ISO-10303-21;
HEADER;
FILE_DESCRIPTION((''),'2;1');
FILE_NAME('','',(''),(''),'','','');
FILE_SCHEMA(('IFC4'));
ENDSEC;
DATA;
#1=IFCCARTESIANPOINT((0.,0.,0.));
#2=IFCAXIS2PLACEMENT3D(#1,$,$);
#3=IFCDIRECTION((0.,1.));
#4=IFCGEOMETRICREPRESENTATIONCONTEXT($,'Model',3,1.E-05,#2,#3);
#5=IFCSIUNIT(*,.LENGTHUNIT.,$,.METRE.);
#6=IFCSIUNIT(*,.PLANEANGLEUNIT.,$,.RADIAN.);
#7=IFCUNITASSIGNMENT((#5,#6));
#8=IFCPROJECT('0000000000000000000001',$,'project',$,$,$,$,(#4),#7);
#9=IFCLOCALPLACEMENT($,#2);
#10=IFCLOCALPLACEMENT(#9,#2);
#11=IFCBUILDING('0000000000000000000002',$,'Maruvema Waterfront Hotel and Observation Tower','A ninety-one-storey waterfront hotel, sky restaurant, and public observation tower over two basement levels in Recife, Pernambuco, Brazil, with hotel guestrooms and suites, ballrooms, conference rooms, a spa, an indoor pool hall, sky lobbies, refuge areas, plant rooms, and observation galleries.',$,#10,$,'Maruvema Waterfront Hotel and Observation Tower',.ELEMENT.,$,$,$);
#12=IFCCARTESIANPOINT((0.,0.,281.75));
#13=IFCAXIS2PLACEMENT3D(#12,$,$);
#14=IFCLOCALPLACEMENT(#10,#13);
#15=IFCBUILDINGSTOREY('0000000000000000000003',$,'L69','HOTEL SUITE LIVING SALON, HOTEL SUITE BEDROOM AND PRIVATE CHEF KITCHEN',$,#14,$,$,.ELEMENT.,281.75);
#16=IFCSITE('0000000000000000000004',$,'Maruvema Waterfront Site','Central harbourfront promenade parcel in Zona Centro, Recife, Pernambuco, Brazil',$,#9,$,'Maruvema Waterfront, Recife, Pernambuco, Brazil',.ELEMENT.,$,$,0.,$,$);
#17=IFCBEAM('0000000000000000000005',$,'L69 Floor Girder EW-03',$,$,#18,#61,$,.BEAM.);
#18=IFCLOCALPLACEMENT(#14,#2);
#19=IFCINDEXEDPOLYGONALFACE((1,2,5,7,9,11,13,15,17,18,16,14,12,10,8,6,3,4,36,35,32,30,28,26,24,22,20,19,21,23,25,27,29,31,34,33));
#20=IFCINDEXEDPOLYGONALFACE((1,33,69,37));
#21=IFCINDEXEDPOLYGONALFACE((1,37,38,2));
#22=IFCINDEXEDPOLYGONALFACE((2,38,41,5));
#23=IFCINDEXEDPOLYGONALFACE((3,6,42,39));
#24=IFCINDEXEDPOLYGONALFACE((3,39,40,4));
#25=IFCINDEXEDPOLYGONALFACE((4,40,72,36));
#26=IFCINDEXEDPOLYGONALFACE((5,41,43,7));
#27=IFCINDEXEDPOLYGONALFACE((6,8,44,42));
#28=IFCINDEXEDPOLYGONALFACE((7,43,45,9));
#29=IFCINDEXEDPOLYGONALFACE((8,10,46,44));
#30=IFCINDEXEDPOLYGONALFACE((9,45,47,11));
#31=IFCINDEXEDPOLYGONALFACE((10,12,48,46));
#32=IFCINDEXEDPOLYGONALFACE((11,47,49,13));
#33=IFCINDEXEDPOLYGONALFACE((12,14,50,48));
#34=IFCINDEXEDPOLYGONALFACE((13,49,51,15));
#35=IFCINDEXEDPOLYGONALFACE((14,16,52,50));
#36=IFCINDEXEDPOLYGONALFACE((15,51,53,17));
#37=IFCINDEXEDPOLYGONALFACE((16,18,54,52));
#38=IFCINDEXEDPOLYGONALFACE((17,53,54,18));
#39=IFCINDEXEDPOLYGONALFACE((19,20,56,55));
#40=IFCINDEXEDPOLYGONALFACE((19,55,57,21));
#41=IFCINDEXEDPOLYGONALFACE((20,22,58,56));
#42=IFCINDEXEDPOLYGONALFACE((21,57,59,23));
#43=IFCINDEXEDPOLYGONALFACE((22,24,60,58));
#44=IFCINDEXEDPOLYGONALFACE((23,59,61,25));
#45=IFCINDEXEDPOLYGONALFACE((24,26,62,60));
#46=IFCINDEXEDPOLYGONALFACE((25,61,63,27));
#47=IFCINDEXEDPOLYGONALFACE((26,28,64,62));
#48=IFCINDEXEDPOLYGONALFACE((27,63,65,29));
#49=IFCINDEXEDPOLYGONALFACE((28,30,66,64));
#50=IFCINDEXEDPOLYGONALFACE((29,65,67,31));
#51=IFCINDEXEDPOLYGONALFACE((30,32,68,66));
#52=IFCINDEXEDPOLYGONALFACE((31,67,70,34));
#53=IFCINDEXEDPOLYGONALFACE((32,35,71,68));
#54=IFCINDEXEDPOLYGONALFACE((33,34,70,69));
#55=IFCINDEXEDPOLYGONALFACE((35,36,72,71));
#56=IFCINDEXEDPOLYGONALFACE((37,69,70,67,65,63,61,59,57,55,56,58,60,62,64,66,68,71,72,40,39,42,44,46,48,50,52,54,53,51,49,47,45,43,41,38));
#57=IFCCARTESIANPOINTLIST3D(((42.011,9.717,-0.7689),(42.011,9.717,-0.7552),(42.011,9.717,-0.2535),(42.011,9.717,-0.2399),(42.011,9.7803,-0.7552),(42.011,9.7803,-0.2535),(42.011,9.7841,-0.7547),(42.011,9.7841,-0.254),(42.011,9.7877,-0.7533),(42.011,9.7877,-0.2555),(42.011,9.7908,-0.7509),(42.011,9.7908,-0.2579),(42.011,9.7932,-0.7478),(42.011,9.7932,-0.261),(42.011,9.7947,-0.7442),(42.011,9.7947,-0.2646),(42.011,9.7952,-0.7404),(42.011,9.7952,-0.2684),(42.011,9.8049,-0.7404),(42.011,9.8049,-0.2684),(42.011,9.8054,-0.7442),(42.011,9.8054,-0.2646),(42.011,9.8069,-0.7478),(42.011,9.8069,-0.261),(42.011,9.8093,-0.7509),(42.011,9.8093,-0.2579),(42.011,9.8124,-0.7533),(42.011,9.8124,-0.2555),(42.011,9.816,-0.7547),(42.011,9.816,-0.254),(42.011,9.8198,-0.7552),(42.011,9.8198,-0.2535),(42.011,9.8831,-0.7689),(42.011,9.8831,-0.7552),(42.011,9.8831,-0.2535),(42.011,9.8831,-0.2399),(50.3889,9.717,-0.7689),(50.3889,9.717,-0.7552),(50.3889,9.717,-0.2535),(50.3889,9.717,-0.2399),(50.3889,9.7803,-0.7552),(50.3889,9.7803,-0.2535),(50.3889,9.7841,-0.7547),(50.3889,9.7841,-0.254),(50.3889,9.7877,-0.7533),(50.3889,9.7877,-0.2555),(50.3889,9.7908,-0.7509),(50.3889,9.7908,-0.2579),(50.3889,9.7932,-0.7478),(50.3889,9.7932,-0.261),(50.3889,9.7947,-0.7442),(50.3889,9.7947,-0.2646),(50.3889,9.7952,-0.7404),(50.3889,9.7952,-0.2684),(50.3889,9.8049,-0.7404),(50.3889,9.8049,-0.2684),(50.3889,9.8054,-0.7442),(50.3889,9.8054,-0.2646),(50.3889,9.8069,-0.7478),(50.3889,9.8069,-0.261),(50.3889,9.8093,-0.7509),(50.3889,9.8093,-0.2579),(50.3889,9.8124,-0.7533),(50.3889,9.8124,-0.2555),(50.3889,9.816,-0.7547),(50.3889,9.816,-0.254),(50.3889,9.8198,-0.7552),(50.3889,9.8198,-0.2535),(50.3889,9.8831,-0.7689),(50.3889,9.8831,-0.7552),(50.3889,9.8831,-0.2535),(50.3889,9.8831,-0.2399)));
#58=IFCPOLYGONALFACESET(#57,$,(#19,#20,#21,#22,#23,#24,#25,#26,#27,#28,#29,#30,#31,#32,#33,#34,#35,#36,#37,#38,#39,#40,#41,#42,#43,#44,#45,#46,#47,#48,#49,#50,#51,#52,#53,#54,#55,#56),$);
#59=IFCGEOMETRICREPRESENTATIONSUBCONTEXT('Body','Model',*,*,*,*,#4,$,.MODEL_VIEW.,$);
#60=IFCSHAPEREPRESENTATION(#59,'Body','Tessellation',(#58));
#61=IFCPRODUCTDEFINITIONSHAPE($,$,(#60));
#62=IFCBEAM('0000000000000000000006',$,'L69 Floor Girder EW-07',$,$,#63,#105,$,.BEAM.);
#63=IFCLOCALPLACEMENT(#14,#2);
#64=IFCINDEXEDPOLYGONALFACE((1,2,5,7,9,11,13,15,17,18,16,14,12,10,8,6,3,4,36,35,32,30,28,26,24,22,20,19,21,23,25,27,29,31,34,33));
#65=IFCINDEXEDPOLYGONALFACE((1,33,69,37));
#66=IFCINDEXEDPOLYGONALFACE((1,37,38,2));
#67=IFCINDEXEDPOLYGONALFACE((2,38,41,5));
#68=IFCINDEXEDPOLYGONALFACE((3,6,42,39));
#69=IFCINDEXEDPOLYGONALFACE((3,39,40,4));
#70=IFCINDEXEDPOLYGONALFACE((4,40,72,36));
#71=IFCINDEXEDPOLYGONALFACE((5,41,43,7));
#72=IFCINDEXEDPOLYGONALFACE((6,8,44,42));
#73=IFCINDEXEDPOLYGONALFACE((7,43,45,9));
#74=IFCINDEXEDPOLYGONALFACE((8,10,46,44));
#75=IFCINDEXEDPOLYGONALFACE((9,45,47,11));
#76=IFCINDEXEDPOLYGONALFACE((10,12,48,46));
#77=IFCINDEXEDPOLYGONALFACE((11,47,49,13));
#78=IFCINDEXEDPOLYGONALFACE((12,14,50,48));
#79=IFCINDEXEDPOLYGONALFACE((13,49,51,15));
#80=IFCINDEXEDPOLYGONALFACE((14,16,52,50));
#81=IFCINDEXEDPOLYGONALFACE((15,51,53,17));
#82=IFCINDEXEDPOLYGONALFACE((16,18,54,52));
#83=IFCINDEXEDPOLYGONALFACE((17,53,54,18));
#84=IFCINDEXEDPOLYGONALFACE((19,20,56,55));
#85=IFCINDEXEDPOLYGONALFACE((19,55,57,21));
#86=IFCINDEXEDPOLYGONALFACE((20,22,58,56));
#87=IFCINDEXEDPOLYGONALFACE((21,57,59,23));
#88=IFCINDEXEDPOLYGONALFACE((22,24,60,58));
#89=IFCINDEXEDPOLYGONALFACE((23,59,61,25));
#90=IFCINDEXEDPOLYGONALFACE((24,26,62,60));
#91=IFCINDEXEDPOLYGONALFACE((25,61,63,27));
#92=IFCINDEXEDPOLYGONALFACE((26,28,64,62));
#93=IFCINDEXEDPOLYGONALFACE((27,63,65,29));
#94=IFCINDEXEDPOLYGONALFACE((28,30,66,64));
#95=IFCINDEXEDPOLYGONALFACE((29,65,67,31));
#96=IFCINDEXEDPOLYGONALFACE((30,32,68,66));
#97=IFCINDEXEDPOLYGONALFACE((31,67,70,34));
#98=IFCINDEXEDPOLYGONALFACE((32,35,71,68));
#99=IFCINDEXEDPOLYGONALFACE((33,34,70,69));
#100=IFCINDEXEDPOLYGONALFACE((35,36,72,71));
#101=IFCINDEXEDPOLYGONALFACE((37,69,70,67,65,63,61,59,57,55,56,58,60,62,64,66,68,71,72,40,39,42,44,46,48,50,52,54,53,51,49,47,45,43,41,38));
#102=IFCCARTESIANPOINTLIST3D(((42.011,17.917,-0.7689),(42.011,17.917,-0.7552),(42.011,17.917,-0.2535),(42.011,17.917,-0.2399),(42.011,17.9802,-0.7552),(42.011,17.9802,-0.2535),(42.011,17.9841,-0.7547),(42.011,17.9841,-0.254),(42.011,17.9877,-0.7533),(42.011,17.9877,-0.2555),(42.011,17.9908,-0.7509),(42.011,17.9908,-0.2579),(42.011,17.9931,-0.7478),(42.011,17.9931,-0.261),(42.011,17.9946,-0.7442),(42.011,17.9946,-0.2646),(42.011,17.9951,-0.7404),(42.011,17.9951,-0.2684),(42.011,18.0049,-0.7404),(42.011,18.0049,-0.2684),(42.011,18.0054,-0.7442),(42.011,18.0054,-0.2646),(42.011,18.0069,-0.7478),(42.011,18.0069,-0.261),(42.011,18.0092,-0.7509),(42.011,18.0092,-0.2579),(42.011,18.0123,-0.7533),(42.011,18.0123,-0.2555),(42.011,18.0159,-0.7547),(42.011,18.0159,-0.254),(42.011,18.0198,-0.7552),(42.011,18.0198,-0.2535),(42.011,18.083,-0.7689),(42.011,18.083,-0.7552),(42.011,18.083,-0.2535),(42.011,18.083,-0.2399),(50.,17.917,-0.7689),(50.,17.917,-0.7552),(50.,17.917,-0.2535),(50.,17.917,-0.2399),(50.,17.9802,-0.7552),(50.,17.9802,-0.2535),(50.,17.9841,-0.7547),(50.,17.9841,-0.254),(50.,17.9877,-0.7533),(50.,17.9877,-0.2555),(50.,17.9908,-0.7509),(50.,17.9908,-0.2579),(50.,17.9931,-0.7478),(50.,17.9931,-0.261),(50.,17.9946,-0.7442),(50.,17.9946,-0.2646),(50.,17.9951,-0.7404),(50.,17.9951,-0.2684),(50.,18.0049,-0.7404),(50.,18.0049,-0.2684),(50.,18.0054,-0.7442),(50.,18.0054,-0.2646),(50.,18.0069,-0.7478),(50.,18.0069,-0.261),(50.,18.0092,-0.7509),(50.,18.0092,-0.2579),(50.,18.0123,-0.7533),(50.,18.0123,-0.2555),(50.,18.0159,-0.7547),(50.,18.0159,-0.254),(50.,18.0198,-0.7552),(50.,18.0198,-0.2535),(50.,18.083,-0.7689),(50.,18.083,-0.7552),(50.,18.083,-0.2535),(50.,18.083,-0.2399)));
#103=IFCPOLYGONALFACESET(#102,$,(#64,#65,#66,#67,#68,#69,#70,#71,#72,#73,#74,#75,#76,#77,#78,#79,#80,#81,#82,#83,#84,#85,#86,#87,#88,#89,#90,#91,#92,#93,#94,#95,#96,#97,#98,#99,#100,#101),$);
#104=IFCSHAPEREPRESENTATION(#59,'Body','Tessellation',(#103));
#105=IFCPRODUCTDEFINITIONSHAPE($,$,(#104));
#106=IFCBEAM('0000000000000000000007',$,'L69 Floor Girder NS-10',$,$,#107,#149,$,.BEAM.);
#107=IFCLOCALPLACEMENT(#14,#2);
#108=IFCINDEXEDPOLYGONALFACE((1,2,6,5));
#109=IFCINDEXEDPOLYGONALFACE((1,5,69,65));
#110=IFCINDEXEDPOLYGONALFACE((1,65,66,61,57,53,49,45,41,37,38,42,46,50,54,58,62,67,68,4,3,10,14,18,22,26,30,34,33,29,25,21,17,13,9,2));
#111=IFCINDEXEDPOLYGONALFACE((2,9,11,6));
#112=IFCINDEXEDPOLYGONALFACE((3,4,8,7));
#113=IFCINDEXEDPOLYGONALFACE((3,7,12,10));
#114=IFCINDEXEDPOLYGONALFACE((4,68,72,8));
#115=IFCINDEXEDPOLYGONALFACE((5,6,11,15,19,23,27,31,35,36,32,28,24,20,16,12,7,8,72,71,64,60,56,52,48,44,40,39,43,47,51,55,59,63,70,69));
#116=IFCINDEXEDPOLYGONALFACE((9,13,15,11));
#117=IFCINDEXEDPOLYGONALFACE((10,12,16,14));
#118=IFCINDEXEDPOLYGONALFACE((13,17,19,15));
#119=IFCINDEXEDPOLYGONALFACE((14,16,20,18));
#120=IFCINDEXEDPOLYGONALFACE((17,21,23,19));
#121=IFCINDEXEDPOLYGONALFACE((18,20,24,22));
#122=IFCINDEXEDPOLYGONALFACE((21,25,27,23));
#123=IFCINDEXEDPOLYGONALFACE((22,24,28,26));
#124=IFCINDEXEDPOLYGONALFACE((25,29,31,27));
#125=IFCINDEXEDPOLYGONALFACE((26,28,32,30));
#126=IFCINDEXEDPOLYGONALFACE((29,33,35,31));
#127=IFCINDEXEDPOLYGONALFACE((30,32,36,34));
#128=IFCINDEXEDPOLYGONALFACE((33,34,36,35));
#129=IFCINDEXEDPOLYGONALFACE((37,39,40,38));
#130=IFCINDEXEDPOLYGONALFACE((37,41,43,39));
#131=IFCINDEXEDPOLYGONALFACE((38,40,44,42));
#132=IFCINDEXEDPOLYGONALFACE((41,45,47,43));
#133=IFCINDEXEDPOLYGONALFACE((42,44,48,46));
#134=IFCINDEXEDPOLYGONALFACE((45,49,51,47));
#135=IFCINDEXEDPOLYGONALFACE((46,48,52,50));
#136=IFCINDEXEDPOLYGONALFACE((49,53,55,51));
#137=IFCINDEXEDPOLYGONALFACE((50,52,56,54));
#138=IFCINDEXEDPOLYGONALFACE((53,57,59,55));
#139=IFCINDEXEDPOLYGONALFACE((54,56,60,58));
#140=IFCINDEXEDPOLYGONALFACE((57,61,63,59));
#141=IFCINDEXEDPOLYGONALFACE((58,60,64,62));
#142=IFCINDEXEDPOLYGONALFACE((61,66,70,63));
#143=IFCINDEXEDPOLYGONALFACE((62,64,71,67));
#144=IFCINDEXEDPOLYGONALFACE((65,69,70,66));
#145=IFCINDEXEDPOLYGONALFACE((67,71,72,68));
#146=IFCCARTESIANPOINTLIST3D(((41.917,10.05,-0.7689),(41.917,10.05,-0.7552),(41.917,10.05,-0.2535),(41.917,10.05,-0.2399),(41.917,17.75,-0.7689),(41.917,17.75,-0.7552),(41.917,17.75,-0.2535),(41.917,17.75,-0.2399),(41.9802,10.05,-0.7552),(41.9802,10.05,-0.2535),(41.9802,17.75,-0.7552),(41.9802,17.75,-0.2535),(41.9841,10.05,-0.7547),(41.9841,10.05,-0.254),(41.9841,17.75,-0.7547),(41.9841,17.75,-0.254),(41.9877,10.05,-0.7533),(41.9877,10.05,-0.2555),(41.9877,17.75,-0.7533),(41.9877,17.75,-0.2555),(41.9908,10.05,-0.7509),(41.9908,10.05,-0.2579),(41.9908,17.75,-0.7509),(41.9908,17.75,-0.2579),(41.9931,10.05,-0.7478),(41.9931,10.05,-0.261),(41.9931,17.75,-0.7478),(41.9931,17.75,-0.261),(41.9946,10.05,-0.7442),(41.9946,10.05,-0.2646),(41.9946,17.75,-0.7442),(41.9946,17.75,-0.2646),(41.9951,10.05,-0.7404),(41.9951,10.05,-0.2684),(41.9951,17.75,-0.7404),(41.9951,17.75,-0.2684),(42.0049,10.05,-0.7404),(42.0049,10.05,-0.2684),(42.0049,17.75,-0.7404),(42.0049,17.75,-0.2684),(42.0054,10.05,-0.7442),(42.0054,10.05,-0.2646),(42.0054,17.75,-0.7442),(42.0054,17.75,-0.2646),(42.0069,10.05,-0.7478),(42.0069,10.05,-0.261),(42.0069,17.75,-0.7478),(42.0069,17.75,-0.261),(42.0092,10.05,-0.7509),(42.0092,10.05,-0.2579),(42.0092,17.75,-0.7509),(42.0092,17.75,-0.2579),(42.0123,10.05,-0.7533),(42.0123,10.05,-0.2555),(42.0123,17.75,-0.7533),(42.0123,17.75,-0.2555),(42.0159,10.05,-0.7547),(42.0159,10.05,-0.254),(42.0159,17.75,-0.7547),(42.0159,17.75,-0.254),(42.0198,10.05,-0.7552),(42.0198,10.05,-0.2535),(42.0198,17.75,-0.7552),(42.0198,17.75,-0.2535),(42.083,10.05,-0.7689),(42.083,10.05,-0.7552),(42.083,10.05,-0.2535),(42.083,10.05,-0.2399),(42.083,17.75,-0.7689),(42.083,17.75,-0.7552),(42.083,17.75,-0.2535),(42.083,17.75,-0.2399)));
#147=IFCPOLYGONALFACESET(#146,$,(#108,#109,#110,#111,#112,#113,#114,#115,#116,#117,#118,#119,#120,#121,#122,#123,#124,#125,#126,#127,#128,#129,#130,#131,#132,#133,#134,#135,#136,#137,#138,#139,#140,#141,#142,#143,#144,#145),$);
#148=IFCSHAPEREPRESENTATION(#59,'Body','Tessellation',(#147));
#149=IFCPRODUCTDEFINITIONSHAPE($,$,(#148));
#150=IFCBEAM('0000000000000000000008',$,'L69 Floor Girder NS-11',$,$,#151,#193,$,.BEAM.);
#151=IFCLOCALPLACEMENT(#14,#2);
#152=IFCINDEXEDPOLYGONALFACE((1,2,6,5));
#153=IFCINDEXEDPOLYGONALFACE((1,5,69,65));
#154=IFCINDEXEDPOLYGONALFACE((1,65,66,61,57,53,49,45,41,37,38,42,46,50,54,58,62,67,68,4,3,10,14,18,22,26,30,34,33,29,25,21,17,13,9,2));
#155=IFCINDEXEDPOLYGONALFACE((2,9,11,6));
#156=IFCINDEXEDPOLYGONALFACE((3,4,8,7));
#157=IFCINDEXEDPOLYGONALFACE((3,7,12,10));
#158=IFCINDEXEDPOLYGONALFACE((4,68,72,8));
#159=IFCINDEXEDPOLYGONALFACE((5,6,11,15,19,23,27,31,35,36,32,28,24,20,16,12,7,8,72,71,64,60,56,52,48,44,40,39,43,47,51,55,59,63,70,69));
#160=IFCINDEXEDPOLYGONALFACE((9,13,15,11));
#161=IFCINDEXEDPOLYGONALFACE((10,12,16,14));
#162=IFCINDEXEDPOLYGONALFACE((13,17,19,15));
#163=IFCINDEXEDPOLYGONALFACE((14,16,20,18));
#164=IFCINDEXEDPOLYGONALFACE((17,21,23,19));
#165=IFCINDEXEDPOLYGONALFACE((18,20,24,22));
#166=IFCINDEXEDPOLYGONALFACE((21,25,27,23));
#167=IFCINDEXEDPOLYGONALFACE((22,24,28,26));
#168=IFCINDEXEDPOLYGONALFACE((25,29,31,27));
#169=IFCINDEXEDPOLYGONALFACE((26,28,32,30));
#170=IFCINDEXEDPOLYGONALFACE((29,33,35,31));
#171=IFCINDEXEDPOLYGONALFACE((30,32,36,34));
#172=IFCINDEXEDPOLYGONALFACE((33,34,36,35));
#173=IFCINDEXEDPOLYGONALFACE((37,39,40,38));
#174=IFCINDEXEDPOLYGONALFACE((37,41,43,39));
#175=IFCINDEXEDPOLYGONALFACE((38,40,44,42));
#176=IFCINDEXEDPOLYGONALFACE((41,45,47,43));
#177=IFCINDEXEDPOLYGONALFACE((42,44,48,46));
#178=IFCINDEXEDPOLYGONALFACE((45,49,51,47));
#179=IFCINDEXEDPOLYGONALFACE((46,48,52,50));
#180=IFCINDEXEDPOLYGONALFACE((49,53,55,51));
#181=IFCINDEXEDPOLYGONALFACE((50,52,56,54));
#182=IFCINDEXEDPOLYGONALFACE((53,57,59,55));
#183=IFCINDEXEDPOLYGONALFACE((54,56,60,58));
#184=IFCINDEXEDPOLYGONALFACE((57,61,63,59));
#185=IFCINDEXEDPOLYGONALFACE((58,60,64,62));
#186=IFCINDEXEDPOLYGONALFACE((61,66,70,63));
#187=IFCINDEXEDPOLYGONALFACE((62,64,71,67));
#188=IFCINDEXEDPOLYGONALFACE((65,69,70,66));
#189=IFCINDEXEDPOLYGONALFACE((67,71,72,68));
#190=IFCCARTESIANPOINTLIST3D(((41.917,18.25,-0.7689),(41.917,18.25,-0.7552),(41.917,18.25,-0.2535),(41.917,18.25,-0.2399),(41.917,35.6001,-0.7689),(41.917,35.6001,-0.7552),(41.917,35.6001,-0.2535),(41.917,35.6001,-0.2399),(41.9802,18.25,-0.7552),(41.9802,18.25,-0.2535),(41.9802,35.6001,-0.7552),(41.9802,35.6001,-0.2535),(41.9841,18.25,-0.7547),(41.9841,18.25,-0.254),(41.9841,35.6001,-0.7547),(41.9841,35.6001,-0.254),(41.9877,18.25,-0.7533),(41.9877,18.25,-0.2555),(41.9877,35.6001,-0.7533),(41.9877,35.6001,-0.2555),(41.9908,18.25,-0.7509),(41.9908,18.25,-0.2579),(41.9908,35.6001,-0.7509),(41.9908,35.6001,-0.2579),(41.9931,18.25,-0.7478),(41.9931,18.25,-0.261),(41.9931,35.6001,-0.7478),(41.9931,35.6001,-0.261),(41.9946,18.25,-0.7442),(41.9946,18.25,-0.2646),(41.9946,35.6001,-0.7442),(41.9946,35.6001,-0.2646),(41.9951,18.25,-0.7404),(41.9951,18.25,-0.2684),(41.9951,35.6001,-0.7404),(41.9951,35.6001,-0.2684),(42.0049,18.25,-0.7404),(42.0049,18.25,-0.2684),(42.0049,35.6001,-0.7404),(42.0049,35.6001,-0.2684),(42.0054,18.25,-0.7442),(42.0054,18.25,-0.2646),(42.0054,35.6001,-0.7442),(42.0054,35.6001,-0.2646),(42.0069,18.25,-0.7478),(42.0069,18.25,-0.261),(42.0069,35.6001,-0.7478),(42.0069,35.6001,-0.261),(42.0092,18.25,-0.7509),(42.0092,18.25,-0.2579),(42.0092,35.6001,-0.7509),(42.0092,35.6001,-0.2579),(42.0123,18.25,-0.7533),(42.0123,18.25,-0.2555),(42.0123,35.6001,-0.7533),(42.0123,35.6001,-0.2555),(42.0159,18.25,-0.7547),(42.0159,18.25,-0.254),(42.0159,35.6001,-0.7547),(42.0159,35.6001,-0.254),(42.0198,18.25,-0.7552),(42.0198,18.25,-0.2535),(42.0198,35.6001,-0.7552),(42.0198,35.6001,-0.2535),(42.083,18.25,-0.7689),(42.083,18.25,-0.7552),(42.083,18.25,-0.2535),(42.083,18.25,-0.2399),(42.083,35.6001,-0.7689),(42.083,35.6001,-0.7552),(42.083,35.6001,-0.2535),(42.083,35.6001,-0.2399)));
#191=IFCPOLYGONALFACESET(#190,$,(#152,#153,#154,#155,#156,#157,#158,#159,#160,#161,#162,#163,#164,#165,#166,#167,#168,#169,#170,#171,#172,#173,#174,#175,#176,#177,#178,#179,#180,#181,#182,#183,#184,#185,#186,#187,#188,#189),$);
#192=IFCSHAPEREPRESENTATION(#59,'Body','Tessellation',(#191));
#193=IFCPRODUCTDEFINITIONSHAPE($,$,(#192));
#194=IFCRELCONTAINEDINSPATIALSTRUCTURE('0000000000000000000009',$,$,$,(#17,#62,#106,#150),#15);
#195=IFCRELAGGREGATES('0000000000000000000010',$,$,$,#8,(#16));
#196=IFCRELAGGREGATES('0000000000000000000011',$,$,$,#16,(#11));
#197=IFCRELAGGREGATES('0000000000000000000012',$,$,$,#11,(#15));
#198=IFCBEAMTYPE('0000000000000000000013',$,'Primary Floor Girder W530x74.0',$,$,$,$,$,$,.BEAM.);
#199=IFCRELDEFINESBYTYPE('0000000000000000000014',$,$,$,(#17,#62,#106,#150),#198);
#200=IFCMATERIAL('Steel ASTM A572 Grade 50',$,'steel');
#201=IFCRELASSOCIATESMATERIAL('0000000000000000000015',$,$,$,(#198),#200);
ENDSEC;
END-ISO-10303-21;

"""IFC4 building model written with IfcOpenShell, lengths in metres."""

from ifc_helpers import new_model, si_unit, direction, frame, origin, origin_2d, place, context, subcontext, project, spatial, i_section, extrude, material, material_profile, profile_set, type_object, element, save


model = new_model("IFC4")

# Units and contexts
model_context = context("Model", 3, precision=1e-05, world=origin(), true_north=direction((0.0, 1.0)))
body_context = subcontext(model_context, "Body", "Model", "MODEL_VIEW")
ifc_project = project(units=[si_unit("LENGTHUNIT", "METRE"), si_unit("PLANEANGLEUNIT", "RADIAN")], contexts=[model_context])

# Site, building, storey
site_placement = place(None, origin())
site = spatial("IfcSite", under=ifc_project, at=site_placement, Name="Maruvema Waterfront Site", Description="Central harbourfront promenade parcel in Zona Centro, Recife, Pernambuco, Brazil", LongName="Maruvema Waterfront, Recife, Pernambuco, Brazil", CompositionType="ELEMENT", RefElevation=0.0)
building_placement = place(site_placement, origin())
building = spatial("IfcBuilding", under=site, at=building_placement, Name="Maruvema Waterfront Hotel and Observation Tower", Description="A ninety-one-storey waterfront hotel, sky restaurant, and public observation tower over two basement levels in Recife, Pernambuco, Brazil, with hotel guestrooms and suites, ballrooms, conference rooms, a spa, an indoor pool hall, sky lobbies, refuge areas, plant rooms, and observation galleries.", LongName="Maruvema Waterfront Hotel and Observation Tower", CompositionType="ELEMENT")
storey_placement = place(building_placement, frame((0.0, 0.0, 281.75)))
storey = spatial("IfcBuildingStorey", under=building, at=storey_placement, Name="L69", Description="HOTEL SUITE LIVING SALON, HOTEL SUITE BEDROOM AND PRIVATE CHEF KITCHEN", CompositionType="ELEMENT", Elevation=281.75)

# Beams
ifc_material_1 = material(Name="Steel ASTM A572 Grade 50", Category="steel")
ifc_material_profile_1 = material_profile(ifc_material_1, i_section(OverallWidth=0.166, OverallDepth=0.5291, WebThickness=0.0098, FlangeThickness=0.0137, FilletRadius=0.0149, at=origin_2d()), Name="W530x74.0")
ifc_profile_set_1 = profile_set([ifc_material_profile_1], Name="Steel ASTM A572 Grade 50")
beam_type_1 = type_object("IfcBeamType", Name="Primary Floor Girder W530x74.0", PredefinedType="BEAM", material=ifc_profile_set_1)
beam_1_placement = place(storey_placement, frame((42.011, 9.8, -0.5044), z_axis=(1.0, 0.0, 0.0), x_axis=(0.0, 1.0, 0.0)))
element("IfcBeam", 1, at=beam_1_placement, inside=storey, type_object=beam_type_1, Name="L69 Floor Girder EW-03", PredefinedType="BEAM", context=body_context, shape_type="SweptSolid", body=[
    extrude(i_section(OverallWidth=0.166, OverallDepth=0.5291, WebThickness=0.0098, FlangeThickness=0.0137, FilletRadius=0.0149, at=origin_2d()), origin(), (0.0, 0.0, 1.0), 8.3779),
])
beam_2_placement = place(storey_placement, frame((42.011, 18.0, -0.5044), z_axis=(1.0, 0.0, 0.0), x_axis=(0.0, 1.0, 0.0)))
element("IfcBeam", 2, at=beam_2_placement, inside=storey, type_object=beam_type_1, Name="L69 Floor Girder EW-07", PredefinedType="BEAM", context=body_context, shape_type="SweptSolid", body=[
    extrude(i_section(OverallWidth=0.166, OverallDepth=0.5291, WebThickness=0.0098, FlangeThickness=0.0137, FilletRadius=0.0149, at=origin_2d()), origin(), (0.0, 0.0, 1.0), 7.989),
])
beam_3_placement = place(storey_placement, frame((42.0, 10.05, -0.5044), z_axis=(0.0, 1.0, 0.0), x_axis=(-1.0, 0.0, 0.0)))
element("IfcBeam", 3, at=beam_3_placement, inside=storey, type_object=beam_type_1, Name="L69 Floor Girder NS-10", PredefinedType="BEAM", context=body_context, shape_type="SweptSolid", body=[
    extrude(i_section(OverallWidth=0.166, OverallDepth=0.5291, WebThickness=0.0098, FlangeThickness=0.0137, FilletRadius=0.0149, at=origin_2d()), origin(), (0.0, 0.0, 1.0), 7.7),
])
beam_4_placement = place(storey_placement, frame((42.0, 18.25, -0.5044), z_axis=(0.0, 1.0, 0.0), x_axis=(-1.0, 0.0, 0.0)))
element("IfcBeam", 4, at=beam_4_placement, inside=storey, type_object=beam_type_1, Name="L69 Floor Girder NS-11", PredefinedType="BEAM", context=body_context, shape_type="SweptSolid", body=[
    extrude(i_section(OverallWidth=0.166, OverallDepth=0.5291, WebThickness=0.0098, FlangeThickness=0.0137, FilletRadius=0.0149, at=origin_2d()), origin(), (0.0, 0.0, 1.0), 17.3501),
])

save(model, "model.ifc")
